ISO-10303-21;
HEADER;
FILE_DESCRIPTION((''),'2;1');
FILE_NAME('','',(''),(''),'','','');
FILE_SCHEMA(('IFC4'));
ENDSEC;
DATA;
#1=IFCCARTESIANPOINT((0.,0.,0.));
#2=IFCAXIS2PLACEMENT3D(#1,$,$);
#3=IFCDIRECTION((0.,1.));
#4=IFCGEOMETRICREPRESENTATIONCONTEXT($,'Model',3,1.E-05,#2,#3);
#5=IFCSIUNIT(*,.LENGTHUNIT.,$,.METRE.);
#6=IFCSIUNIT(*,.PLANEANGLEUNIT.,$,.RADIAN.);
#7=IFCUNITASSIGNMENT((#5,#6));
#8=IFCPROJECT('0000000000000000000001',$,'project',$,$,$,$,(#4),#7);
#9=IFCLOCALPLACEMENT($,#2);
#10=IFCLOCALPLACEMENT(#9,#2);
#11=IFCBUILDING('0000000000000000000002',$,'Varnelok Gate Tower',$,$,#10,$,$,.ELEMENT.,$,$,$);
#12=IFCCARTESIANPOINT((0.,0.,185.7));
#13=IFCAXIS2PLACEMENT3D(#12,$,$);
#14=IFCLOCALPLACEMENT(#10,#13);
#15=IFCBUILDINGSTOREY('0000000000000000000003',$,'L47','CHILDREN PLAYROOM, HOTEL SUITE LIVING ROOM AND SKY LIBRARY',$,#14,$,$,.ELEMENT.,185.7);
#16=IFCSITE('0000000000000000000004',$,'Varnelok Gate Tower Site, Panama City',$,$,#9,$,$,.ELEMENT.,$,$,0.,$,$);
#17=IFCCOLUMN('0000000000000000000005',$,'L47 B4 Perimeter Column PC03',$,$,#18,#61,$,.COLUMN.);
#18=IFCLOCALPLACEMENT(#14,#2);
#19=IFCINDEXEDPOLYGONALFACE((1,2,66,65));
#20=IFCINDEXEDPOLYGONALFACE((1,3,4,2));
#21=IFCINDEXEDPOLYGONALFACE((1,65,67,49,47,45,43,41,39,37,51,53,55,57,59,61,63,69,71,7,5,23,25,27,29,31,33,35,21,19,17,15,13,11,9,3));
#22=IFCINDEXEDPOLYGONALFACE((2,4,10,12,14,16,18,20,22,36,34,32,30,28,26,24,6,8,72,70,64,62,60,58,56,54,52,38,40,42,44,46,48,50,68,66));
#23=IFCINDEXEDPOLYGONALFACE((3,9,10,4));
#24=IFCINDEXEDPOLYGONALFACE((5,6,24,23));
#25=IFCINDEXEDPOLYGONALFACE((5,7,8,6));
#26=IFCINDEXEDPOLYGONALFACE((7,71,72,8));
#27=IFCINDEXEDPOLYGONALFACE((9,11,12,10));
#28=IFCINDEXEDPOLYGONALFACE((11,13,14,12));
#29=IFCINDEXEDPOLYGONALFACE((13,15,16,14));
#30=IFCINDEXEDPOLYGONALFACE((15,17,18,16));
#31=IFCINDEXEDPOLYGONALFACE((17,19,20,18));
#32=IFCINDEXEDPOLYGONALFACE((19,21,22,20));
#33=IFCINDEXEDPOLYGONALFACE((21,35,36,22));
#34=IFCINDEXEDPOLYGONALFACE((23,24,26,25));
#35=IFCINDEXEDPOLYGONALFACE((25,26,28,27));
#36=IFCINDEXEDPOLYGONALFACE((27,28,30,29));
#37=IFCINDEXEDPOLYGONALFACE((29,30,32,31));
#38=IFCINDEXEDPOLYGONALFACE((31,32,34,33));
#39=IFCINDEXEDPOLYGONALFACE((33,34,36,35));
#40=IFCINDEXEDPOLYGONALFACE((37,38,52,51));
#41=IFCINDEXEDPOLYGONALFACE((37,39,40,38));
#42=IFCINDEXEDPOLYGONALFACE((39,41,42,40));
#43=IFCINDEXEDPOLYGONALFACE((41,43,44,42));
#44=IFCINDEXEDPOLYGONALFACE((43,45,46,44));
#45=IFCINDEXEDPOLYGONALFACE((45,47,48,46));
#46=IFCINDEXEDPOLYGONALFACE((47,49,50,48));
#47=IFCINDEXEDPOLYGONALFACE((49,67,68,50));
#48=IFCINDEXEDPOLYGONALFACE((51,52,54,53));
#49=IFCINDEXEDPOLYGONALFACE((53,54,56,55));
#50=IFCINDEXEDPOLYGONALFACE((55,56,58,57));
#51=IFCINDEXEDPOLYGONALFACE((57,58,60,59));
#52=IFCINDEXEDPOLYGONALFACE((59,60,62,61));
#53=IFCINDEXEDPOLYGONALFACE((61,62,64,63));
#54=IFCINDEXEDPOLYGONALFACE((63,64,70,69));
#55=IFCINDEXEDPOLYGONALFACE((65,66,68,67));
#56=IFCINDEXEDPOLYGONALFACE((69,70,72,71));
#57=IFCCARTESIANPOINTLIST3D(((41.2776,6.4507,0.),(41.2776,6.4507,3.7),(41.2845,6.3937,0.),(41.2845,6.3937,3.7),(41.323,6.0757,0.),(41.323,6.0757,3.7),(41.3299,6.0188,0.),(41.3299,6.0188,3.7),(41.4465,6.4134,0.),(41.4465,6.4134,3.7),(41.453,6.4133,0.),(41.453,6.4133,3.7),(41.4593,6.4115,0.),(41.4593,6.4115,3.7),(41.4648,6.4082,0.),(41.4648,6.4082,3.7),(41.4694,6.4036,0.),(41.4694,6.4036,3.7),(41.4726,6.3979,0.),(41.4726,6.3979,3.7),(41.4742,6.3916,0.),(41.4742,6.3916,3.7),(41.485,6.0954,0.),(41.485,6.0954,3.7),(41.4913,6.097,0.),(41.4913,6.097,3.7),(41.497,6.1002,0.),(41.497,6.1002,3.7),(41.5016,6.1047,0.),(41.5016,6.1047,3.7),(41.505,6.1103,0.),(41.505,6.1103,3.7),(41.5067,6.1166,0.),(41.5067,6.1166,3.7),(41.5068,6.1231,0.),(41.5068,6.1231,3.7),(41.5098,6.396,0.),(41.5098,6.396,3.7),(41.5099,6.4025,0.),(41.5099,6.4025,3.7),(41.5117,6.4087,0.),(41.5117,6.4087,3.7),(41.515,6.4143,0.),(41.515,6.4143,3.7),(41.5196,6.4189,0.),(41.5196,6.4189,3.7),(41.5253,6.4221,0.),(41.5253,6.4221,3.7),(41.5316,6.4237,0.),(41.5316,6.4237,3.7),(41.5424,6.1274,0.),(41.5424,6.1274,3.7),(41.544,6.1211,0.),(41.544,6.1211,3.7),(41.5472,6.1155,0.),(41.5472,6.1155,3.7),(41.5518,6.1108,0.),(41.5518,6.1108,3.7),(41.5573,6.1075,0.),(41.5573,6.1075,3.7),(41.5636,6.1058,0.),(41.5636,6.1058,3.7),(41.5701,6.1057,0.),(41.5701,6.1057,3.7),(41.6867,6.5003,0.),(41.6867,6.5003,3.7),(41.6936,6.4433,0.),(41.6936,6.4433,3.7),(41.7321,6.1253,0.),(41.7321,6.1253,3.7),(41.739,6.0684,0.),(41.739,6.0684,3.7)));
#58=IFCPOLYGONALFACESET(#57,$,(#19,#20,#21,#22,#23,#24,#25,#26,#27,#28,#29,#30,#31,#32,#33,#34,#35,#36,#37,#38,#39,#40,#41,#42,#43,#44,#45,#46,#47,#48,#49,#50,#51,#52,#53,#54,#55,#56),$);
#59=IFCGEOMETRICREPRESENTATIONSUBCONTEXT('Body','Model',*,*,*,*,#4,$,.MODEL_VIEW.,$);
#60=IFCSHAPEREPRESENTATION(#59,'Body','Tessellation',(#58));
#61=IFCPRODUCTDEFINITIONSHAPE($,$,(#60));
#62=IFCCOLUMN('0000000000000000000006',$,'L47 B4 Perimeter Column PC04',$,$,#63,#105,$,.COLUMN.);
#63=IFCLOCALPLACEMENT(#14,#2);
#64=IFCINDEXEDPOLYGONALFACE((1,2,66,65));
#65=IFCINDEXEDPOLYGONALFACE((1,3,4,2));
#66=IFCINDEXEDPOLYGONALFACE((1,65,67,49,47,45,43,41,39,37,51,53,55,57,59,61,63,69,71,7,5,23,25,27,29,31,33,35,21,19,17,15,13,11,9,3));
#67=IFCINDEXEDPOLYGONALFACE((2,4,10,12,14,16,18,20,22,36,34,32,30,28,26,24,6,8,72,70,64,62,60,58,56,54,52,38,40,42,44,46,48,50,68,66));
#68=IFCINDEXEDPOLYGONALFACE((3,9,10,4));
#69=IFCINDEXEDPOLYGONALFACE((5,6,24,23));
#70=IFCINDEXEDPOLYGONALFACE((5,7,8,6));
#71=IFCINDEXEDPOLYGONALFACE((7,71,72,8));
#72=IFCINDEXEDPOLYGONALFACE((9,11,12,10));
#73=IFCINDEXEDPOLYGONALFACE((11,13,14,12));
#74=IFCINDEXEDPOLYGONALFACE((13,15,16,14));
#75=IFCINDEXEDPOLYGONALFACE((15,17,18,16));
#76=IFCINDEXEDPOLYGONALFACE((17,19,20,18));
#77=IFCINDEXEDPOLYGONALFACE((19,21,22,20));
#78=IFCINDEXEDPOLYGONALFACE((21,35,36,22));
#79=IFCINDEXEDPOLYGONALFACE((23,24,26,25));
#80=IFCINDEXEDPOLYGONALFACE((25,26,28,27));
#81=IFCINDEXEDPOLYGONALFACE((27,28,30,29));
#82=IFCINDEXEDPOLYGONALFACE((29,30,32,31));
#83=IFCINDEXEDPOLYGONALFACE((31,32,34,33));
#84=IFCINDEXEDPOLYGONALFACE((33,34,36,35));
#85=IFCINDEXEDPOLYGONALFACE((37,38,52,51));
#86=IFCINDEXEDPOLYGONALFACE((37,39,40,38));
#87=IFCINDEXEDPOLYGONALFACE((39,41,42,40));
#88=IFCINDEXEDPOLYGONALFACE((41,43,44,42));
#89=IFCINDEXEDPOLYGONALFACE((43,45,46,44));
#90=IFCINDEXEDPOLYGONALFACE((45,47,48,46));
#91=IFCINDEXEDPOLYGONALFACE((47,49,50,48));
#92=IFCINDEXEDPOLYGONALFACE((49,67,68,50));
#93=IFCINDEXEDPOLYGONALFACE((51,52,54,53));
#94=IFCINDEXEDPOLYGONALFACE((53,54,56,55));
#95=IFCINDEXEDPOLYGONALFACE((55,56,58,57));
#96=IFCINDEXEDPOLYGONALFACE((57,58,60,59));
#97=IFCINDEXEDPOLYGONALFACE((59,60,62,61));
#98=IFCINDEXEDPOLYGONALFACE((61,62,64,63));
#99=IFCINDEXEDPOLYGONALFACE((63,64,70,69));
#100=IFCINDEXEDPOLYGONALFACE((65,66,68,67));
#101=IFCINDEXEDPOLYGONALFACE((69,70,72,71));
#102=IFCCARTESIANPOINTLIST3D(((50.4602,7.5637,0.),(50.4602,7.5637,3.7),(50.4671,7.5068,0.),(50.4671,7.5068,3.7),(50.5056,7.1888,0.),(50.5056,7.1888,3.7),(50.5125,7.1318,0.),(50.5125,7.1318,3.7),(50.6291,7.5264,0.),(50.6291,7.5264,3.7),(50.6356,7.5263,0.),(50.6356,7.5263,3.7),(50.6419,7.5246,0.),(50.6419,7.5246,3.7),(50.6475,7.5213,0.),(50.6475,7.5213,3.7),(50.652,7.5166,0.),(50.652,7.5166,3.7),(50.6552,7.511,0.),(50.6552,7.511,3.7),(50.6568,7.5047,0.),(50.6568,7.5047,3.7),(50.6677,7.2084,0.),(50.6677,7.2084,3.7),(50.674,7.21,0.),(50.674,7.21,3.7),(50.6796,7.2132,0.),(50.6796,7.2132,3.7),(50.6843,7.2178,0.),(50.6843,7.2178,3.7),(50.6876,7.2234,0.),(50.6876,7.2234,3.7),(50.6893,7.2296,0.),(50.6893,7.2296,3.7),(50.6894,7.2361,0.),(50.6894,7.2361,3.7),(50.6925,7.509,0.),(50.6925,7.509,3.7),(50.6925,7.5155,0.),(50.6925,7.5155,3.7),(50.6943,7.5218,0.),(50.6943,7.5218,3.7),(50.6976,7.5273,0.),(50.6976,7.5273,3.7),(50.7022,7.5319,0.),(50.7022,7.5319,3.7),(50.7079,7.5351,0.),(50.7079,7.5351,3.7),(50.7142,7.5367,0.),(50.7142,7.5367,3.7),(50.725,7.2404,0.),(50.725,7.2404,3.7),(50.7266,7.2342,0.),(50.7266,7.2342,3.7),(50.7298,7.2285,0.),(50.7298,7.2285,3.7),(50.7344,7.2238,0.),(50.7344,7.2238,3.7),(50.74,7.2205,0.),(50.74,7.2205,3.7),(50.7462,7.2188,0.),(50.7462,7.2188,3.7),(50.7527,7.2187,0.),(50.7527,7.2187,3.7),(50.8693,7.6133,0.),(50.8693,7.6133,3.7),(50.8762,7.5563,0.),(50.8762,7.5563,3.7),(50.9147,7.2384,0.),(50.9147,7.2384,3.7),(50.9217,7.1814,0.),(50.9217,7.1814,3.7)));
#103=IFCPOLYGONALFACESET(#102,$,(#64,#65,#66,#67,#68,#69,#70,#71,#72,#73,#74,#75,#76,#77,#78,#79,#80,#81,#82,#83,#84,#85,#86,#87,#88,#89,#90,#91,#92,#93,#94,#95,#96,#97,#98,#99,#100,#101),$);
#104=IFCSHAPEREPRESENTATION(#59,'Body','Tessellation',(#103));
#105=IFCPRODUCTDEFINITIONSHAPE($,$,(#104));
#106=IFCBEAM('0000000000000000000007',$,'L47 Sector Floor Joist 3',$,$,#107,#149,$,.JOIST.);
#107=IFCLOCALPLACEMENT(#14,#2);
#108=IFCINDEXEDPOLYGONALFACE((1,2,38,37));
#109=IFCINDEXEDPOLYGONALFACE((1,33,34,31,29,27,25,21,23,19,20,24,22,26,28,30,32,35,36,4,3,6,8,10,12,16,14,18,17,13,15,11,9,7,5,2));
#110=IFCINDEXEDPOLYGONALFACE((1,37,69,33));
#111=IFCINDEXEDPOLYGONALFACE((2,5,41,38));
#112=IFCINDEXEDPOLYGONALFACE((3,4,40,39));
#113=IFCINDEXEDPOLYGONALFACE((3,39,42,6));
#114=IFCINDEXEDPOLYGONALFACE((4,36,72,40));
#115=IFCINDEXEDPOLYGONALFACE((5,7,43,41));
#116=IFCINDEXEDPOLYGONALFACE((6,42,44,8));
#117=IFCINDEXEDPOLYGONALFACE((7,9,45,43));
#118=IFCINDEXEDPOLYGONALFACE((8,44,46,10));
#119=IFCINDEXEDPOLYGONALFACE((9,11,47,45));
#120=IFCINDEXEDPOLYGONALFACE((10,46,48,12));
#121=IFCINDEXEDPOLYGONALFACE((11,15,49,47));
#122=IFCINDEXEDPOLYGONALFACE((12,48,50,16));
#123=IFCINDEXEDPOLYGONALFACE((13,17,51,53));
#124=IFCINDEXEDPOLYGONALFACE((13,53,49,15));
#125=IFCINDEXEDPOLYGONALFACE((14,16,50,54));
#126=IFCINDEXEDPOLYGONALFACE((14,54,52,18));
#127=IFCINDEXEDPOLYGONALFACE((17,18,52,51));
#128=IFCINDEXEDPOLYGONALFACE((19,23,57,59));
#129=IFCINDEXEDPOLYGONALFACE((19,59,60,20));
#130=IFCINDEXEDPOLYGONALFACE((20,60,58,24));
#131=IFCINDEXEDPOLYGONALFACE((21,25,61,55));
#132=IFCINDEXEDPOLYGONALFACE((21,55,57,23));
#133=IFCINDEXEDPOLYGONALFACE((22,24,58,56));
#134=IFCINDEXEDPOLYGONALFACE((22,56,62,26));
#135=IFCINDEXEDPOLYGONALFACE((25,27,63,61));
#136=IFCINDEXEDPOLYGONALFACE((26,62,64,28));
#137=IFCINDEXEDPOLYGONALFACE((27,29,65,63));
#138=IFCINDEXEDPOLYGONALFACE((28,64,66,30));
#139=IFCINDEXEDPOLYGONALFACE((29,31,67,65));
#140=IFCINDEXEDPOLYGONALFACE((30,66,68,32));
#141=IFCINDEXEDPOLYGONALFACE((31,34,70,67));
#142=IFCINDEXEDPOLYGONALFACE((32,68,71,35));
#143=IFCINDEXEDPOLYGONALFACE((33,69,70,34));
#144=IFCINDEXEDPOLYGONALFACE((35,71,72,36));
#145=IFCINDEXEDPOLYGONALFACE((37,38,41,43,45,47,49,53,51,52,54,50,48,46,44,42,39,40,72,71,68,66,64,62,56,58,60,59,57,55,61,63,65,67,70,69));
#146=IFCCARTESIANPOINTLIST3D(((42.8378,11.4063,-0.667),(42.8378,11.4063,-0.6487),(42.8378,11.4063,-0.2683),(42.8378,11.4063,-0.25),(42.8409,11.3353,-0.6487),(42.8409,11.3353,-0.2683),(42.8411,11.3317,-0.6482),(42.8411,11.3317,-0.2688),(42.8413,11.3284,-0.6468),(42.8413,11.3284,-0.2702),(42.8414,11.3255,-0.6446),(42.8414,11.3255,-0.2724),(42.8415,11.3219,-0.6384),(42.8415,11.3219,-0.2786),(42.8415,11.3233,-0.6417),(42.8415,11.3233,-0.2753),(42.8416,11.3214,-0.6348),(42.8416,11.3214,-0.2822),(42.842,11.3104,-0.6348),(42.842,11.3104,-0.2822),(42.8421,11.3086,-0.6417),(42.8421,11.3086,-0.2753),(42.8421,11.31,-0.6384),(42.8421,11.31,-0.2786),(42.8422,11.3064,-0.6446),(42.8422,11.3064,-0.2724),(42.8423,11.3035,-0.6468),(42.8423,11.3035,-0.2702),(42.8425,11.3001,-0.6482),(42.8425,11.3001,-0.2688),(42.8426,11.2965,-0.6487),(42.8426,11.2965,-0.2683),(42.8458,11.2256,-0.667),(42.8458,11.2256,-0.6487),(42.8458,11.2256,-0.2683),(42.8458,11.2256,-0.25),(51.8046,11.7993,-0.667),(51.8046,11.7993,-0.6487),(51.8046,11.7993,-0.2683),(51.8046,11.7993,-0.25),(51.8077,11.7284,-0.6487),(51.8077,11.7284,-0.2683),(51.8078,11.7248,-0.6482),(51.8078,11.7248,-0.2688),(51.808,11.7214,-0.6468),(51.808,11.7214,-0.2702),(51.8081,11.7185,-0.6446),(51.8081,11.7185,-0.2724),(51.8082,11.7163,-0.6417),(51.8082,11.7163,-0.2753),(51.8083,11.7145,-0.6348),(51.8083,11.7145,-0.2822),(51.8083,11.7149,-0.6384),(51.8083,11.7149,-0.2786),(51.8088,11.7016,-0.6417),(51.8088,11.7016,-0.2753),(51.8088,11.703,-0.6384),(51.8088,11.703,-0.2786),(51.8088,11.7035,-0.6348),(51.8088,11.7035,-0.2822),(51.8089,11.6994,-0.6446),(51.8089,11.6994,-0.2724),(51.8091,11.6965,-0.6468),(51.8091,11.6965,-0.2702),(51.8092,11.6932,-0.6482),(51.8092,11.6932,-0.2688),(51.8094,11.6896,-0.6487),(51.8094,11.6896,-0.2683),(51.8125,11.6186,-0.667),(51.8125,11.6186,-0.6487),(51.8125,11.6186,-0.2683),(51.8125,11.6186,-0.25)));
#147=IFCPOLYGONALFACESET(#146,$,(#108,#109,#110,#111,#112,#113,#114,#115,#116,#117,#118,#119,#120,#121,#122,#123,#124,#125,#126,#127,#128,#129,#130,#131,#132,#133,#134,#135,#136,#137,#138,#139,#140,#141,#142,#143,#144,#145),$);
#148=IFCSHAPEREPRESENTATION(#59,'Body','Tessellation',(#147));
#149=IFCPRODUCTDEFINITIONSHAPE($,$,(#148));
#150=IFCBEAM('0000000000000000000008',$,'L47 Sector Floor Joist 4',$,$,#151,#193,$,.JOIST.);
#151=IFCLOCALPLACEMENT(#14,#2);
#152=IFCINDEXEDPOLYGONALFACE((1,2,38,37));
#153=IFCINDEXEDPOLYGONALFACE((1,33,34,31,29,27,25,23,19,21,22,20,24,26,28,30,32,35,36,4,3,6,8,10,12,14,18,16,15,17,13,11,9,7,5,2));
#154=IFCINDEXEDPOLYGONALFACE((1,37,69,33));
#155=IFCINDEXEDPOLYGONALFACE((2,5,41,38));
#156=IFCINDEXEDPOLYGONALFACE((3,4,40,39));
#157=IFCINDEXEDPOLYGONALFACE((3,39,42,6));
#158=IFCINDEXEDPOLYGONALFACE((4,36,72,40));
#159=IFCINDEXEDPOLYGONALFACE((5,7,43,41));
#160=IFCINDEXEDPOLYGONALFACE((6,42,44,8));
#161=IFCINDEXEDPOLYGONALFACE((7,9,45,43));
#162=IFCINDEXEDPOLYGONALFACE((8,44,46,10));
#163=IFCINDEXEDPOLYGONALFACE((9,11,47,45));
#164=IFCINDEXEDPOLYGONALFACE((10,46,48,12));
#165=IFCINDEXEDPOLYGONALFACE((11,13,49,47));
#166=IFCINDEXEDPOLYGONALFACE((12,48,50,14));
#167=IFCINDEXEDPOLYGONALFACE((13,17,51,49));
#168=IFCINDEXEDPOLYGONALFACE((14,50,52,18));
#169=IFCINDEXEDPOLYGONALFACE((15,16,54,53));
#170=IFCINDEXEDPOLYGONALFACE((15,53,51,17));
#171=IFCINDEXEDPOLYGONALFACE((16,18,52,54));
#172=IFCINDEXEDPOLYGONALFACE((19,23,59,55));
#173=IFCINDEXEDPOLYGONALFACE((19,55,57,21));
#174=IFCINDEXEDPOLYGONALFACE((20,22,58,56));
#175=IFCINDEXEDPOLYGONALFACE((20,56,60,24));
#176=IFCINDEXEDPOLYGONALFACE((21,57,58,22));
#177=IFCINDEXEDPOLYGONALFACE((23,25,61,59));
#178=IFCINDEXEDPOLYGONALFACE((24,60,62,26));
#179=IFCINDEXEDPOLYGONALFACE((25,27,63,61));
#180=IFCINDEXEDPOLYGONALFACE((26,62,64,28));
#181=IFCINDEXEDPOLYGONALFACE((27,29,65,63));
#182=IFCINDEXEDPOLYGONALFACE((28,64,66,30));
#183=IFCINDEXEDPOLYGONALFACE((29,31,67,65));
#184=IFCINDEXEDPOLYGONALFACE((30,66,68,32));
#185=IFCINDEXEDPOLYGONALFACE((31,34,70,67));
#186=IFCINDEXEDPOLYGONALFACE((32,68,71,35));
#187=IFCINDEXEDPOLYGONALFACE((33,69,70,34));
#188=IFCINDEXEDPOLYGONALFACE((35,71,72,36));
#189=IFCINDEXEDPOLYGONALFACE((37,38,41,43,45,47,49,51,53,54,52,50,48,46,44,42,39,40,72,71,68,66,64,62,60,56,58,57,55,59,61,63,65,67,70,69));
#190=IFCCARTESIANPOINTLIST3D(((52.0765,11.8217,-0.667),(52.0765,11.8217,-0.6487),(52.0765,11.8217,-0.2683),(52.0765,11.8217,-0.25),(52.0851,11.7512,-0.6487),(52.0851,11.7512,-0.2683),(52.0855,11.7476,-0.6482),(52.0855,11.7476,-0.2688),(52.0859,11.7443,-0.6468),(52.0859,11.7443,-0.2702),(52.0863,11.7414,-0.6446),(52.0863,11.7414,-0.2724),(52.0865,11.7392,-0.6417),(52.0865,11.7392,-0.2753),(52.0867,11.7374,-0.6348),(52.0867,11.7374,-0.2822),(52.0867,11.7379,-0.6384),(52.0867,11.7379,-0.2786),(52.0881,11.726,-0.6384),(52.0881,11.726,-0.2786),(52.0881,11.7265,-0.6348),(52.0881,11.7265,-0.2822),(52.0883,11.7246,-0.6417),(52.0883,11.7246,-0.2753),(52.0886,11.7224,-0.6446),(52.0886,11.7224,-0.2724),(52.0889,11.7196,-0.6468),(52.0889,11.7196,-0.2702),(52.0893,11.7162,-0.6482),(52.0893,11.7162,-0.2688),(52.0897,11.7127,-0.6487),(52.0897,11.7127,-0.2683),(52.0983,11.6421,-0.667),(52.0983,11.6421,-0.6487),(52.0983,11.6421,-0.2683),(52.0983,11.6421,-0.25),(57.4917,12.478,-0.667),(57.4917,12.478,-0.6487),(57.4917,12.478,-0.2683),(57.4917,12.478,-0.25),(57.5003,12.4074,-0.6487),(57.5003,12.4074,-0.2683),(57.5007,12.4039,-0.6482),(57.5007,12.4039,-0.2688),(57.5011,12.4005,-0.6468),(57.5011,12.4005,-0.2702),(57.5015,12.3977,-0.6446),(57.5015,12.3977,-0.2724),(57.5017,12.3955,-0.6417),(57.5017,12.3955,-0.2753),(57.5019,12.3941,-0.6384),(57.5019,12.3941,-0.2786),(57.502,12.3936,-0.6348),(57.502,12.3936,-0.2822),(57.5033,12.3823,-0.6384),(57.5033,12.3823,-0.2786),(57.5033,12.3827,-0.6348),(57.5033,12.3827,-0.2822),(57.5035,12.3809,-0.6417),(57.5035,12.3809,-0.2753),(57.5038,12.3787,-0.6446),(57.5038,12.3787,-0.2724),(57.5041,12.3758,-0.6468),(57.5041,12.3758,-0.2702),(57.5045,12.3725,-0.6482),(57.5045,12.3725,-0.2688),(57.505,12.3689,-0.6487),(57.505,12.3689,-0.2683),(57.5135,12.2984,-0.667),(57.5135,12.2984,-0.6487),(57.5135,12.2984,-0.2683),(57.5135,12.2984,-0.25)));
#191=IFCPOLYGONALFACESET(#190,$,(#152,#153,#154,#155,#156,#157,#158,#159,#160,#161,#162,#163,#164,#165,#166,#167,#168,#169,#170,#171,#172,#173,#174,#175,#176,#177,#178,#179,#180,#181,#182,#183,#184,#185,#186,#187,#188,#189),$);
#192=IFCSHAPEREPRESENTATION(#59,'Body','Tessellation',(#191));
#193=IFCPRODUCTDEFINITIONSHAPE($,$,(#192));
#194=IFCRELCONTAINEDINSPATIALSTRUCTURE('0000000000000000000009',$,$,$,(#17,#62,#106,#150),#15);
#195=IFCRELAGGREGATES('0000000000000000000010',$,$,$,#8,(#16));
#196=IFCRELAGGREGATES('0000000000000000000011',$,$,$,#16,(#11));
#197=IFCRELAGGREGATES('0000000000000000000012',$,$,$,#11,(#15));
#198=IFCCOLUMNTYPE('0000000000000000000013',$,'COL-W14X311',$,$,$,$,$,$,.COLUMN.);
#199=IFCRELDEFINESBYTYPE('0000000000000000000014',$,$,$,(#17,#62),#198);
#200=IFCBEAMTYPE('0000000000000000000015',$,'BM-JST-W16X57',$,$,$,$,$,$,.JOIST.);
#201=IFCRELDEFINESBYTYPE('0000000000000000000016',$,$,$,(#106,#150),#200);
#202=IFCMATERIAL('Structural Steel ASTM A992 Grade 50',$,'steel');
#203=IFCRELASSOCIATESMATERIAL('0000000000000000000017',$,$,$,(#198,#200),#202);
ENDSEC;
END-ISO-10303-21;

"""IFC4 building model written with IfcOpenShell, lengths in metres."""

from ifc_helpers import new_model, si_unit, direction, frame, origin, origin_2d, place, context, subcontext, project, spatial, i_section, extrude, material, material_profile, profile_set, type_object, element, save


model = new_model("IFC4")

# Units and contexts
model_context = context("Model", 3, precision=1e-05, world=origin(), true_north=direction((0.0, 1.0)))
body_context = subcontext(model_context, "Body", "Model", "MODEL_VIEW")
ifc_project = project(units=[si_unit("LENGTHUNIT", "METRE"), si_unit("PLANEANGLEUNIT", "RADIAN")], contexts=[model_context])

# Site, building, storey
site_placement = place(None, origin())
site = spatial("IfcSite", under=ifc_project, at=site_placement, Name="Varnelok Gate Tower Site, Panama City", CompositionType="ELEMENT", RefElevation=0.0)
building_placement = place(site_placement, origin())
building = spatial("IfcBuilding", under=site, at=building_placement, Name="Varnelok Gate Tower", CompositionType="ELEMENT")
storey_placement = place(building_placement, frame((0.0, 0.0, 185.7)))
storey = spatial("IfcBuildingStorey", under=building, at=storey_placement, Name="L47", Description="CHILDREN PLAYROOM, HOTEL SUITE LIVING ROOM AND SKY LIBRARY", CompositionType="ELEMENT", Elevation=185.7)

# Columns
ifc_material_1 = material(Name="Structural Steel ASTM A992 Grade 50", Category="steel")
ifc_material_profile_1 = material_profile(ifc_material_1, i_section(OverallWidth=0.4121, OverallDepth=0.4351, WebThickness=0.0359, FlangeThickness=0.0574, FilletRadius=0.0249, at=origin_2d()), Name="W14X311")
ifc_profile_set_1 = profile_set([ifc_material_profile_1], Name="Structural Steel ASTM A992 Grade 50")
column_type = type_object("IfcColumnType", Name="COL-W14X311", PredefinedType="COLUMN", material=ifc_profile_set_1)
for number, where, z_axis, x_axis, name in (
    (1, (41.5083, 6.2595, 0.0), (0.0, 0.0, 1.0), (0.992732, 0.120345, 0.0), "L47 B4 Perimeter Column PC03"),
    (2, (50.6909, 7.3726, 0.0), (0.0, 0.0, 1.0), (0.992732, 0.120345, 0.0), "L47 B4 Perimeter Column PC04"),
):
    element("IfcColumn", number, at=place(storey_placement, frame(where, z_axis=z_axis, x_axis=x_axis)), inside=storey, type_object=column_type, Name=name, PredefinedType="COLUMN", context=body_context, shape_type="SweptSolid", body=[
        extrude(i_section(OverallWidth=0.4121, OverallDepth=0.4351, WebThickness=0.0359, FlangeThickness=0.0574, FilletRadius=0.0249, at=origin_2d()), origin(), (0.0, 0.0, 1.0), 3.7),
    ])

# Beams
ifc_material_profile_2 = material_profile(ifc_material_1, i_section(OverallWidth=0.1809, OverallDepth=0.417, WebThickness=0.011, FlangeThickness=0.0183, FilletRadius=0.0139, at=origin_2d()), Name="W16X57")
ifc_profile_set_2 = profile_set([ifc_material_profile_2], Name="Structural Steel ASTM A992 Grade 50")
beam_type_1 = type_object("IfcBeamType", Name="BM-JST-W16X57", PredefinedType="JOIST", material=ifc_profile_set_2)
beam_1_placement = place(storey_placement, frame((42.8418, 11.3159, -0.4585), z_axis=(0.999041, 0.043794, 0.0), x_axis=(-0.043794, 0.999041, 0.0)))
element("IfcBeam", 3, at=beam_1_placement, inside=storey, type_object=beam_type_1, Name="L47 Sector Floor Joist 3", PredefinedType="JOIST", context=body_context, shape_type="SweptSolid", body=[
    extrude(i_section(OverallWidth=0.1809, OverallDepth=0.417, WebThickness=0.011, FlangeThickness=0.0183, FilletRadius=0.0139, at=origin_2d()), origin(), (0.0, 0.0, 1.0), 8.9753),
])
beam_2_placement = place(storey_placement, frame((52.0874, 11.7319, -0.4585), z_axis=(0.992737, 0.120305, 0.0), x_axis=(-0.120305, 0.992737, 0.0)))
element("IfcBeam", 4, at=beam_2_placement, inside=storey, type_object=beam_type_1, Name="L47 Sector Floor Joist 4", PredefinedType="JOIST", context=body_context, shape_type="SweptSolid", body=[
    extrude(i_section(OverallWidth=0.1809, OverallDepth=0.417, WebThickness=0.011, FlangeThickness=0.0183, FilletRadius=0.0139, at=origin_2d()), origin(), (0.0, 0.0, 1.0), 5.4548),
])

save(model, "model.ifc")
